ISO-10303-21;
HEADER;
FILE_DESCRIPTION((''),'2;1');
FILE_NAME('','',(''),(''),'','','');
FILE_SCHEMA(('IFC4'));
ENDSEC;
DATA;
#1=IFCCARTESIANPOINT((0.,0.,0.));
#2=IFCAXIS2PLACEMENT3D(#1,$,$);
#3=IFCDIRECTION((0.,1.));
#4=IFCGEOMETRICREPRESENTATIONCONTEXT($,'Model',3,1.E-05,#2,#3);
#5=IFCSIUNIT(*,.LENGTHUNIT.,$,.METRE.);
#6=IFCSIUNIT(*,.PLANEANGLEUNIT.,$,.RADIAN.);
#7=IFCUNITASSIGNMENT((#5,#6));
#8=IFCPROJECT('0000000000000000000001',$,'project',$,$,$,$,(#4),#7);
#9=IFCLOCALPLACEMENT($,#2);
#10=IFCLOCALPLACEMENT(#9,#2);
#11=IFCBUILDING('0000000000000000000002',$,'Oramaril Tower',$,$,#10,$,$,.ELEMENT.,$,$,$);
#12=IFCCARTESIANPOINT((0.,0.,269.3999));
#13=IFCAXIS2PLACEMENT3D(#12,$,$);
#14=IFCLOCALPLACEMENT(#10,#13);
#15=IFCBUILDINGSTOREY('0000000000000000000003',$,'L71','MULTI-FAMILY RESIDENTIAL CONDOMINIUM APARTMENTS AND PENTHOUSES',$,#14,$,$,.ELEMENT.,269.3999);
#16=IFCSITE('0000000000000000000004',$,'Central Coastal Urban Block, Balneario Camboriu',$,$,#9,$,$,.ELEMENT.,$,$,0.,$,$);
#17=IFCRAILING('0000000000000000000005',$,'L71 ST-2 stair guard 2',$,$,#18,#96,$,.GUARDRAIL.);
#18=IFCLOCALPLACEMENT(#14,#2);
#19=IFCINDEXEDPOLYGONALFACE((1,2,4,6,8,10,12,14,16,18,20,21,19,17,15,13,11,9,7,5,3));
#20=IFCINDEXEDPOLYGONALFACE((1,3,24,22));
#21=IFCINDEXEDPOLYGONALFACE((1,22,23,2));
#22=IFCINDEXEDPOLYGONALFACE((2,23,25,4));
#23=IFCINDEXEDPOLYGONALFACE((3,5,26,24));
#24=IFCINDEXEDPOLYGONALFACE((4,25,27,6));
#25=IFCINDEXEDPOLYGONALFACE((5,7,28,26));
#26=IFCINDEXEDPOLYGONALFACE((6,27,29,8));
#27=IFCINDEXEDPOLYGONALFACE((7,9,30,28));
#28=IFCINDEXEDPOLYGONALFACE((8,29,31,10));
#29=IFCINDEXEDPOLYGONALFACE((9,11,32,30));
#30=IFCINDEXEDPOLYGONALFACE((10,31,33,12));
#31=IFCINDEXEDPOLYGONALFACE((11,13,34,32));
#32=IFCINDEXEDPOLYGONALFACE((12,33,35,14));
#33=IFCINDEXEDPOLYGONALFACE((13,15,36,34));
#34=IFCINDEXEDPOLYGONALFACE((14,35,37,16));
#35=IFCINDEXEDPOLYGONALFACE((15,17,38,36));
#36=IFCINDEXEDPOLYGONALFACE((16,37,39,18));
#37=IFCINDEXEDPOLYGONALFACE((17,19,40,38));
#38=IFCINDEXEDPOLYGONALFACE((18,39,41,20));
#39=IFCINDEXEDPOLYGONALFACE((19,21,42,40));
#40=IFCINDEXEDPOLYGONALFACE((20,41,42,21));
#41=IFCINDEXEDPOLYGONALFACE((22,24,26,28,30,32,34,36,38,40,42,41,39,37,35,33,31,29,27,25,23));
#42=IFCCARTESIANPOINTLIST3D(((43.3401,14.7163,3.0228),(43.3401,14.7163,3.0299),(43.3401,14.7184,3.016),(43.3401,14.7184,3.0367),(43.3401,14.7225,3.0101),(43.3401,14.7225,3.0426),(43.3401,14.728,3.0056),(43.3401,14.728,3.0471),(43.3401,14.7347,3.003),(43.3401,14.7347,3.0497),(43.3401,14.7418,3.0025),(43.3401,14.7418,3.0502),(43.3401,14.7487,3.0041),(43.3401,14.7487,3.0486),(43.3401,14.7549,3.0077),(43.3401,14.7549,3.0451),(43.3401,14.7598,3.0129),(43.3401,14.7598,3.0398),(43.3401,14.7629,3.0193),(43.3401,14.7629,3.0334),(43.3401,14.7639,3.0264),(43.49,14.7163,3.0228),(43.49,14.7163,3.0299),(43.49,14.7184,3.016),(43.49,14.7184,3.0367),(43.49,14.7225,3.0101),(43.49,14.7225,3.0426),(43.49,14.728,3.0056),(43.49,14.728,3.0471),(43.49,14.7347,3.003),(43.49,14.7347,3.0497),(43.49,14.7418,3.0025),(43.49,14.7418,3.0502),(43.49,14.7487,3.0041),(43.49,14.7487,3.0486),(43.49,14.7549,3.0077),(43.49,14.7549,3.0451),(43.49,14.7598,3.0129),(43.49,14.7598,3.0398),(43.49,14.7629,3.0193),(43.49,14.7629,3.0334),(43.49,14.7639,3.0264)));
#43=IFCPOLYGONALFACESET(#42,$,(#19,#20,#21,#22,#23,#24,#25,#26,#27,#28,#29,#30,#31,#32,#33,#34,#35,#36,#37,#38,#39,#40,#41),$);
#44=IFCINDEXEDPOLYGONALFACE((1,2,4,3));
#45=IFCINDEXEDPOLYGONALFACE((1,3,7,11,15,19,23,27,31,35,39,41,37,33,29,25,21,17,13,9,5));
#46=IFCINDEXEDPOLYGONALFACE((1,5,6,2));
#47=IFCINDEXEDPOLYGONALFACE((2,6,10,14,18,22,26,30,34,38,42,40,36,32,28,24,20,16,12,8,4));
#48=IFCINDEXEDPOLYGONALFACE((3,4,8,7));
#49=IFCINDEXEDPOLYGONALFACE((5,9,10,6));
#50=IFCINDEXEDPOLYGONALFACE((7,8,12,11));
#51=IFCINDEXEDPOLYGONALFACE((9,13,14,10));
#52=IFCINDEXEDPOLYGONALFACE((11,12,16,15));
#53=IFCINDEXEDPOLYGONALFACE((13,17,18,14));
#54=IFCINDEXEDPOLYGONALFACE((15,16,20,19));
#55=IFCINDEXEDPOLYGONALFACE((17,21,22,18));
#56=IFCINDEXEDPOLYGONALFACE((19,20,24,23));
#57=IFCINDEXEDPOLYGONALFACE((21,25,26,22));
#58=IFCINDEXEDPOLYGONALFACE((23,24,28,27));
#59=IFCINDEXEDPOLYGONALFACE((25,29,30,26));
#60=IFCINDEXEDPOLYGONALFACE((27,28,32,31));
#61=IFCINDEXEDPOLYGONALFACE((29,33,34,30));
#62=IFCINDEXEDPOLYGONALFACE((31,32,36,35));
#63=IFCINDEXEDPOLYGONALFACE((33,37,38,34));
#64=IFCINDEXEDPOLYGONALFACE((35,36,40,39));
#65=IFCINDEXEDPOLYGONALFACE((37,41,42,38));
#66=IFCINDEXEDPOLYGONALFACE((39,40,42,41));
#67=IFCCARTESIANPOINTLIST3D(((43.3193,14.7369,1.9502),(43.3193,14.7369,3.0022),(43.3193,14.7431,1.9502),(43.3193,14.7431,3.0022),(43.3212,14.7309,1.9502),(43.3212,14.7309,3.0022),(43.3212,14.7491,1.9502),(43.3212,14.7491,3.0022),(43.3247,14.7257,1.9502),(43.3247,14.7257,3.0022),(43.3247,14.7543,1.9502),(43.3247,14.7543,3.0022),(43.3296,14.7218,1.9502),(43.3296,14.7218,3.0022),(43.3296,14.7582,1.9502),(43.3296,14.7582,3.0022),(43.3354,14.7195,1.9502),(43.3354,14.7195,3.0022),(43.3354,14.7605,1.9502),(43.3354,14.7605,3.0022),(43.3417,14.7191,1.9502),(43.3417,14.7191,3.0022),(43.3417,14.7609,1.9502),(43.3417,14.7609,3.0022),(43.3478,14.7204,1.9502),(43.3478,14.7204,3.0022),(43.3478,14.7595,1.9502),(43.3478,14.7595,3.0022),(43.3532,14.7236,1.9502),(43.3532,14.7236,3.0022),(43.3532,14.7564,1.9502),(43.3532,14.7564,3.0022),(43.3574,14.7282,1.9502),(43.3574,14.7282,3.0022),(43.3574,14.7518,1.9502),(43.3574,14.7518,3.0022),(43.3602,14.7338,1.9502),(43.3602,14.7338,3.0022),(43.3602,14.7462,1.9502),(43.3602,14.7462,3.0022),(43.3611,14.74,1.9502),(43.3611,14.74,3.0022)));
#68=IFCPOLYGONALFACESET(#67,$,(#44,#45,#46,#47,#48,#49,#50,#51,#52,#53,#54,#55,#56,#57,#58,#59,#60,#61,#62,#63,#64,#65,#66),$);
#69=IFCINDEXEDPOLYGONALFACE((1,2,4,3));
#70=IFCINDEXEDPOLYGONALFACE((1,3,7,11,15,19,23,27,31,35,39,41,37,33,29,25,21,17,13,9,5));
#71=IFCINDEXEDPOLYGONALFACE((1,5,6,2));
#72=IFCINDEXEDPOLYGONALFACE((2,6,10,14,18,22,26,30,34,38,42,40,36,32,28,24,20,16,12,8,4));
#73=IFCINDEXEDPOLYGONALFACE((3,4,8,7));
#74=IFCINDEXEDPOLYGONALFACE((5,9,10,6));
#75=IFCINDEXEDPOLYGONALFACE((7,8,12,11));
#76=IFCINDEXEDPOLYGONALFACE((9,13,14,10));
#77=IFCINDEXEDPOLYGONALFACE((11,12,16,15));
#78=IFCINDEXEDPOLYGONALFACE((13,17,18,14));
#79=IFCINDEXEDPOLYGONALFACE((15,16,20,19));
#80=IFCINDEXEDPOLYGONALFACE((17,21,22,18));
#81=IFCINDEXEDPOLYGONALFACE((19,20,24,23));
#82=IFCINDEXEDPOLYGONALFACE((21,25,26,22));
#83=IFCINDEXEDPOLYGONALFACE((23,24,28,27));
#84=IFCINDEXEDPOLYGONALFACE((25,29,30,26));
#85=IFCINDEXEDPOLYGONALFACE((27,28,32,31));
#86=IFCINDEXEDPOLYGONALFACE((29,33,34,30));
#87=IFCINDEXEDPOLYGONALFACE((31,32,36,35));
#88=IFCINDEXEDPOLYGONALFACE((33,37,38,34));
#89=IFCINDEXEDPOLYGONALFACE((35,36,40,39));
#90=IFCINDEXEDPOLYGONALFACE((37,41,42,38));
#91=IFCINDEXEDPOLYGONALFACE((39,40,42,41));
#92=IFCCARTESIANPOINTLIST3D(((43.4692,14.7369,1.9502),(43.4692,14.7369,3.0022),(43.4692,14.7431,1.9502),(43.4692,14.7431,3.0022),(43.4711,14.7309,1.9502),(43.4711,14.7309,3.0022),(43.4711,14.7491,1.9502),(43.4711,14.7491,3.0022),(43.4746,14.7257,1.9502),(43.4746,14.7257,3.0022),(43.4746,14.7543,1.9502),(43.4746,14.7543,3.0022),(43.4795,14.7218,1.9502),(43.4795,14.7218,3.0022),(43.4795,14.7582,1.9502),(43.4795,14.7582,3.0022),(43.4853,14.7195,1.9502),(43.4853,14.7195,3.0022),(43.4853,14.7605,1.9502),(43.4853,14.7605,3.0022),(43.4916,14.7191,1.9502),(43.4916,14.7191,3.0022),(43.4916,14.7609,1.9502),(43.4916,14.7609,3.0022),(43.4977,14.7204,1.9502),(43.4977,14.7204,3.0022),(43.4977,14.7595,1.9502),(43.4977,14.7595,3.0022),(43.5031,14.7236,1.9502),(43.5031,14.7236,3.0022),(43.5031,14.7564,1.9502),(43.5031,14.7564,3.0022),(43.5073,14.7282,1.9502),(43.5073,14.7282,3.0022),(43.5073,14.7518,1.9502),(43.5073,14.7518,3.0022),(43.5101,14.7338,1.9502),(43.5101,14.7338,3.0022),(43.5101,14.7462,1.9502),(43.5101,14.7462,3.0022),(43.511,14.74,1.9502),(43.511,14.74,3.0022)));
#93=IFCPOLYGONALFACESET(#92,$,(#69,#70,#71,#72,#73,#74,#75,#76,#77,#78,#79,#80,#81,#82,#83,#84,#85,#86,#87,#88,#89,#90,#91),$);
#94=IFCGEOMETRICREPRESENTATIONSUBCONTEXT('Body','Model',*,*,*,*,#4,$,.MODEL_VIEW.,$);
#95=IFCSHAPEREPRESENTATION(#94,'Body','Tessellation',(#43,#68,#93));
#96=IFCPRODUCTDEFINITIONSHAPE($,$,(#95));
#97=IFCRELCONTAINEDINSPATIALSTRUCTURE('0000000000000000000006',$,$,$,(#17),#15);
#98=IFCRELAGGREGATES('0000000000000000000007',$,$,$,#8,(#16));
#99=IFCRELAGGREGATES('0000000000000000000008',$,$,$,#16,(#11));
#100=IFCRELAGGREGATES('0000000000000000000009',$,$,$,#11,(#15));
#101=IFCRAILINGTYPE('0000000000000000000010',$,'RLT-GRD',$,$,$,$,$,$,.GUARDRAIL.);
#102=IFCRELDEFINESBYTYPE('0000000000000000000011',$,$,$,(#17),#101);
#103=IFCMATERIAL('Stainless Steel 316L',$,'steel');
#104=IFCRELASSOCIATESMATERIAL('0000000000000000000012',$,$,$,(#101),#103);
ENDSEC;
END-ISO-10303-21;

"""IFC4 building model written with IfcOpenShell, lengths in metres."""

from ifc_helpers import new_model, si_unit, direction, frame, origin, origin_2d, place, context, subcontext, project, spatial, circle, extrude, material, type_object, element, save


model = new_model("IFC4")

# Units and contexts
model_context = context("Model", 3, precision=1e-05, world=origin(), true_north=direction((0.0, 1.0)))
body_context = subcontext(model_context, "Body", "Model", "MODEL_VIEW")
ifc_project = project(units=[si_unit("LENGTHUNIT", "METRE"), si_unit("PLANEANGLEUNIT", "RADIAN")], contexts=[model_context])

# Site, building, storey
site_placement = place(None, origin())
site = spatial("IfcSite", under=ifc_project, at=site_placement, Name="Central Coastal Urban Block, Balneario Camboriu", CompositionType="ELEMENT", RefElevation=0.0)
building_placement = place(site_placement, origin())
building = spatial("IfcBuilding", under=site, at=building_placement, Name="Oramaril Tower", CompositionType="ELEMENT")
storey_placement = place(building_placement, frame((0.0, 0.0, 269.3999)))
storey = spatial("IfcBuildingStorey", under=building, at=storey_placement, Name="L71", Description="MULTI-FAMILY RESIDENTIAL CONDOMINIUM APARTMENTS AND PENTHOUSES", CompositionType="ELEMENT", Elevation=269.3999)

# Railing
ifc_material_1 = material(Name="Stainless Steel 316L", Category="steel")
railing_type_1 = type_object("IfcRailingType", Name="RLT-GRD", PredefinedType="GUARDRAIL", material=ifc_material_1)
railing_1_placement = place(storey_placement, frame((43.3401, 14.74, 1.9502)))
element("IfcRailing", 1, at=railing_1_placement, inside=storey, type_object=railing_type_1, Name="L71 ST-2 stair guard 2", PredefinedType="GUARDRAIL", context=body_context, shape_type="SweptSolid", body=[
    extrude(circle(Radius=0.0239, at=origin_2d()), frame((0.0, 0.0, 1.0762), z_axis=(1.0, 0.0, 0.0), x_axis=(0.0, 1.0, 0.0)), (0.0, 0.0, 1.0), 0.1499),
    extrude(circle(Radius=0.021, at=origin_2d()), origin(), (0.0, 0.0, 1.0), 1.052),
    extrude(circle(Radius=0.021, at=origin_2d()), frame((0.1499, 0.0, 0.0)), (0.0, 0.0, 1.0), 1.052),
])

save(model, "model.ifc")
